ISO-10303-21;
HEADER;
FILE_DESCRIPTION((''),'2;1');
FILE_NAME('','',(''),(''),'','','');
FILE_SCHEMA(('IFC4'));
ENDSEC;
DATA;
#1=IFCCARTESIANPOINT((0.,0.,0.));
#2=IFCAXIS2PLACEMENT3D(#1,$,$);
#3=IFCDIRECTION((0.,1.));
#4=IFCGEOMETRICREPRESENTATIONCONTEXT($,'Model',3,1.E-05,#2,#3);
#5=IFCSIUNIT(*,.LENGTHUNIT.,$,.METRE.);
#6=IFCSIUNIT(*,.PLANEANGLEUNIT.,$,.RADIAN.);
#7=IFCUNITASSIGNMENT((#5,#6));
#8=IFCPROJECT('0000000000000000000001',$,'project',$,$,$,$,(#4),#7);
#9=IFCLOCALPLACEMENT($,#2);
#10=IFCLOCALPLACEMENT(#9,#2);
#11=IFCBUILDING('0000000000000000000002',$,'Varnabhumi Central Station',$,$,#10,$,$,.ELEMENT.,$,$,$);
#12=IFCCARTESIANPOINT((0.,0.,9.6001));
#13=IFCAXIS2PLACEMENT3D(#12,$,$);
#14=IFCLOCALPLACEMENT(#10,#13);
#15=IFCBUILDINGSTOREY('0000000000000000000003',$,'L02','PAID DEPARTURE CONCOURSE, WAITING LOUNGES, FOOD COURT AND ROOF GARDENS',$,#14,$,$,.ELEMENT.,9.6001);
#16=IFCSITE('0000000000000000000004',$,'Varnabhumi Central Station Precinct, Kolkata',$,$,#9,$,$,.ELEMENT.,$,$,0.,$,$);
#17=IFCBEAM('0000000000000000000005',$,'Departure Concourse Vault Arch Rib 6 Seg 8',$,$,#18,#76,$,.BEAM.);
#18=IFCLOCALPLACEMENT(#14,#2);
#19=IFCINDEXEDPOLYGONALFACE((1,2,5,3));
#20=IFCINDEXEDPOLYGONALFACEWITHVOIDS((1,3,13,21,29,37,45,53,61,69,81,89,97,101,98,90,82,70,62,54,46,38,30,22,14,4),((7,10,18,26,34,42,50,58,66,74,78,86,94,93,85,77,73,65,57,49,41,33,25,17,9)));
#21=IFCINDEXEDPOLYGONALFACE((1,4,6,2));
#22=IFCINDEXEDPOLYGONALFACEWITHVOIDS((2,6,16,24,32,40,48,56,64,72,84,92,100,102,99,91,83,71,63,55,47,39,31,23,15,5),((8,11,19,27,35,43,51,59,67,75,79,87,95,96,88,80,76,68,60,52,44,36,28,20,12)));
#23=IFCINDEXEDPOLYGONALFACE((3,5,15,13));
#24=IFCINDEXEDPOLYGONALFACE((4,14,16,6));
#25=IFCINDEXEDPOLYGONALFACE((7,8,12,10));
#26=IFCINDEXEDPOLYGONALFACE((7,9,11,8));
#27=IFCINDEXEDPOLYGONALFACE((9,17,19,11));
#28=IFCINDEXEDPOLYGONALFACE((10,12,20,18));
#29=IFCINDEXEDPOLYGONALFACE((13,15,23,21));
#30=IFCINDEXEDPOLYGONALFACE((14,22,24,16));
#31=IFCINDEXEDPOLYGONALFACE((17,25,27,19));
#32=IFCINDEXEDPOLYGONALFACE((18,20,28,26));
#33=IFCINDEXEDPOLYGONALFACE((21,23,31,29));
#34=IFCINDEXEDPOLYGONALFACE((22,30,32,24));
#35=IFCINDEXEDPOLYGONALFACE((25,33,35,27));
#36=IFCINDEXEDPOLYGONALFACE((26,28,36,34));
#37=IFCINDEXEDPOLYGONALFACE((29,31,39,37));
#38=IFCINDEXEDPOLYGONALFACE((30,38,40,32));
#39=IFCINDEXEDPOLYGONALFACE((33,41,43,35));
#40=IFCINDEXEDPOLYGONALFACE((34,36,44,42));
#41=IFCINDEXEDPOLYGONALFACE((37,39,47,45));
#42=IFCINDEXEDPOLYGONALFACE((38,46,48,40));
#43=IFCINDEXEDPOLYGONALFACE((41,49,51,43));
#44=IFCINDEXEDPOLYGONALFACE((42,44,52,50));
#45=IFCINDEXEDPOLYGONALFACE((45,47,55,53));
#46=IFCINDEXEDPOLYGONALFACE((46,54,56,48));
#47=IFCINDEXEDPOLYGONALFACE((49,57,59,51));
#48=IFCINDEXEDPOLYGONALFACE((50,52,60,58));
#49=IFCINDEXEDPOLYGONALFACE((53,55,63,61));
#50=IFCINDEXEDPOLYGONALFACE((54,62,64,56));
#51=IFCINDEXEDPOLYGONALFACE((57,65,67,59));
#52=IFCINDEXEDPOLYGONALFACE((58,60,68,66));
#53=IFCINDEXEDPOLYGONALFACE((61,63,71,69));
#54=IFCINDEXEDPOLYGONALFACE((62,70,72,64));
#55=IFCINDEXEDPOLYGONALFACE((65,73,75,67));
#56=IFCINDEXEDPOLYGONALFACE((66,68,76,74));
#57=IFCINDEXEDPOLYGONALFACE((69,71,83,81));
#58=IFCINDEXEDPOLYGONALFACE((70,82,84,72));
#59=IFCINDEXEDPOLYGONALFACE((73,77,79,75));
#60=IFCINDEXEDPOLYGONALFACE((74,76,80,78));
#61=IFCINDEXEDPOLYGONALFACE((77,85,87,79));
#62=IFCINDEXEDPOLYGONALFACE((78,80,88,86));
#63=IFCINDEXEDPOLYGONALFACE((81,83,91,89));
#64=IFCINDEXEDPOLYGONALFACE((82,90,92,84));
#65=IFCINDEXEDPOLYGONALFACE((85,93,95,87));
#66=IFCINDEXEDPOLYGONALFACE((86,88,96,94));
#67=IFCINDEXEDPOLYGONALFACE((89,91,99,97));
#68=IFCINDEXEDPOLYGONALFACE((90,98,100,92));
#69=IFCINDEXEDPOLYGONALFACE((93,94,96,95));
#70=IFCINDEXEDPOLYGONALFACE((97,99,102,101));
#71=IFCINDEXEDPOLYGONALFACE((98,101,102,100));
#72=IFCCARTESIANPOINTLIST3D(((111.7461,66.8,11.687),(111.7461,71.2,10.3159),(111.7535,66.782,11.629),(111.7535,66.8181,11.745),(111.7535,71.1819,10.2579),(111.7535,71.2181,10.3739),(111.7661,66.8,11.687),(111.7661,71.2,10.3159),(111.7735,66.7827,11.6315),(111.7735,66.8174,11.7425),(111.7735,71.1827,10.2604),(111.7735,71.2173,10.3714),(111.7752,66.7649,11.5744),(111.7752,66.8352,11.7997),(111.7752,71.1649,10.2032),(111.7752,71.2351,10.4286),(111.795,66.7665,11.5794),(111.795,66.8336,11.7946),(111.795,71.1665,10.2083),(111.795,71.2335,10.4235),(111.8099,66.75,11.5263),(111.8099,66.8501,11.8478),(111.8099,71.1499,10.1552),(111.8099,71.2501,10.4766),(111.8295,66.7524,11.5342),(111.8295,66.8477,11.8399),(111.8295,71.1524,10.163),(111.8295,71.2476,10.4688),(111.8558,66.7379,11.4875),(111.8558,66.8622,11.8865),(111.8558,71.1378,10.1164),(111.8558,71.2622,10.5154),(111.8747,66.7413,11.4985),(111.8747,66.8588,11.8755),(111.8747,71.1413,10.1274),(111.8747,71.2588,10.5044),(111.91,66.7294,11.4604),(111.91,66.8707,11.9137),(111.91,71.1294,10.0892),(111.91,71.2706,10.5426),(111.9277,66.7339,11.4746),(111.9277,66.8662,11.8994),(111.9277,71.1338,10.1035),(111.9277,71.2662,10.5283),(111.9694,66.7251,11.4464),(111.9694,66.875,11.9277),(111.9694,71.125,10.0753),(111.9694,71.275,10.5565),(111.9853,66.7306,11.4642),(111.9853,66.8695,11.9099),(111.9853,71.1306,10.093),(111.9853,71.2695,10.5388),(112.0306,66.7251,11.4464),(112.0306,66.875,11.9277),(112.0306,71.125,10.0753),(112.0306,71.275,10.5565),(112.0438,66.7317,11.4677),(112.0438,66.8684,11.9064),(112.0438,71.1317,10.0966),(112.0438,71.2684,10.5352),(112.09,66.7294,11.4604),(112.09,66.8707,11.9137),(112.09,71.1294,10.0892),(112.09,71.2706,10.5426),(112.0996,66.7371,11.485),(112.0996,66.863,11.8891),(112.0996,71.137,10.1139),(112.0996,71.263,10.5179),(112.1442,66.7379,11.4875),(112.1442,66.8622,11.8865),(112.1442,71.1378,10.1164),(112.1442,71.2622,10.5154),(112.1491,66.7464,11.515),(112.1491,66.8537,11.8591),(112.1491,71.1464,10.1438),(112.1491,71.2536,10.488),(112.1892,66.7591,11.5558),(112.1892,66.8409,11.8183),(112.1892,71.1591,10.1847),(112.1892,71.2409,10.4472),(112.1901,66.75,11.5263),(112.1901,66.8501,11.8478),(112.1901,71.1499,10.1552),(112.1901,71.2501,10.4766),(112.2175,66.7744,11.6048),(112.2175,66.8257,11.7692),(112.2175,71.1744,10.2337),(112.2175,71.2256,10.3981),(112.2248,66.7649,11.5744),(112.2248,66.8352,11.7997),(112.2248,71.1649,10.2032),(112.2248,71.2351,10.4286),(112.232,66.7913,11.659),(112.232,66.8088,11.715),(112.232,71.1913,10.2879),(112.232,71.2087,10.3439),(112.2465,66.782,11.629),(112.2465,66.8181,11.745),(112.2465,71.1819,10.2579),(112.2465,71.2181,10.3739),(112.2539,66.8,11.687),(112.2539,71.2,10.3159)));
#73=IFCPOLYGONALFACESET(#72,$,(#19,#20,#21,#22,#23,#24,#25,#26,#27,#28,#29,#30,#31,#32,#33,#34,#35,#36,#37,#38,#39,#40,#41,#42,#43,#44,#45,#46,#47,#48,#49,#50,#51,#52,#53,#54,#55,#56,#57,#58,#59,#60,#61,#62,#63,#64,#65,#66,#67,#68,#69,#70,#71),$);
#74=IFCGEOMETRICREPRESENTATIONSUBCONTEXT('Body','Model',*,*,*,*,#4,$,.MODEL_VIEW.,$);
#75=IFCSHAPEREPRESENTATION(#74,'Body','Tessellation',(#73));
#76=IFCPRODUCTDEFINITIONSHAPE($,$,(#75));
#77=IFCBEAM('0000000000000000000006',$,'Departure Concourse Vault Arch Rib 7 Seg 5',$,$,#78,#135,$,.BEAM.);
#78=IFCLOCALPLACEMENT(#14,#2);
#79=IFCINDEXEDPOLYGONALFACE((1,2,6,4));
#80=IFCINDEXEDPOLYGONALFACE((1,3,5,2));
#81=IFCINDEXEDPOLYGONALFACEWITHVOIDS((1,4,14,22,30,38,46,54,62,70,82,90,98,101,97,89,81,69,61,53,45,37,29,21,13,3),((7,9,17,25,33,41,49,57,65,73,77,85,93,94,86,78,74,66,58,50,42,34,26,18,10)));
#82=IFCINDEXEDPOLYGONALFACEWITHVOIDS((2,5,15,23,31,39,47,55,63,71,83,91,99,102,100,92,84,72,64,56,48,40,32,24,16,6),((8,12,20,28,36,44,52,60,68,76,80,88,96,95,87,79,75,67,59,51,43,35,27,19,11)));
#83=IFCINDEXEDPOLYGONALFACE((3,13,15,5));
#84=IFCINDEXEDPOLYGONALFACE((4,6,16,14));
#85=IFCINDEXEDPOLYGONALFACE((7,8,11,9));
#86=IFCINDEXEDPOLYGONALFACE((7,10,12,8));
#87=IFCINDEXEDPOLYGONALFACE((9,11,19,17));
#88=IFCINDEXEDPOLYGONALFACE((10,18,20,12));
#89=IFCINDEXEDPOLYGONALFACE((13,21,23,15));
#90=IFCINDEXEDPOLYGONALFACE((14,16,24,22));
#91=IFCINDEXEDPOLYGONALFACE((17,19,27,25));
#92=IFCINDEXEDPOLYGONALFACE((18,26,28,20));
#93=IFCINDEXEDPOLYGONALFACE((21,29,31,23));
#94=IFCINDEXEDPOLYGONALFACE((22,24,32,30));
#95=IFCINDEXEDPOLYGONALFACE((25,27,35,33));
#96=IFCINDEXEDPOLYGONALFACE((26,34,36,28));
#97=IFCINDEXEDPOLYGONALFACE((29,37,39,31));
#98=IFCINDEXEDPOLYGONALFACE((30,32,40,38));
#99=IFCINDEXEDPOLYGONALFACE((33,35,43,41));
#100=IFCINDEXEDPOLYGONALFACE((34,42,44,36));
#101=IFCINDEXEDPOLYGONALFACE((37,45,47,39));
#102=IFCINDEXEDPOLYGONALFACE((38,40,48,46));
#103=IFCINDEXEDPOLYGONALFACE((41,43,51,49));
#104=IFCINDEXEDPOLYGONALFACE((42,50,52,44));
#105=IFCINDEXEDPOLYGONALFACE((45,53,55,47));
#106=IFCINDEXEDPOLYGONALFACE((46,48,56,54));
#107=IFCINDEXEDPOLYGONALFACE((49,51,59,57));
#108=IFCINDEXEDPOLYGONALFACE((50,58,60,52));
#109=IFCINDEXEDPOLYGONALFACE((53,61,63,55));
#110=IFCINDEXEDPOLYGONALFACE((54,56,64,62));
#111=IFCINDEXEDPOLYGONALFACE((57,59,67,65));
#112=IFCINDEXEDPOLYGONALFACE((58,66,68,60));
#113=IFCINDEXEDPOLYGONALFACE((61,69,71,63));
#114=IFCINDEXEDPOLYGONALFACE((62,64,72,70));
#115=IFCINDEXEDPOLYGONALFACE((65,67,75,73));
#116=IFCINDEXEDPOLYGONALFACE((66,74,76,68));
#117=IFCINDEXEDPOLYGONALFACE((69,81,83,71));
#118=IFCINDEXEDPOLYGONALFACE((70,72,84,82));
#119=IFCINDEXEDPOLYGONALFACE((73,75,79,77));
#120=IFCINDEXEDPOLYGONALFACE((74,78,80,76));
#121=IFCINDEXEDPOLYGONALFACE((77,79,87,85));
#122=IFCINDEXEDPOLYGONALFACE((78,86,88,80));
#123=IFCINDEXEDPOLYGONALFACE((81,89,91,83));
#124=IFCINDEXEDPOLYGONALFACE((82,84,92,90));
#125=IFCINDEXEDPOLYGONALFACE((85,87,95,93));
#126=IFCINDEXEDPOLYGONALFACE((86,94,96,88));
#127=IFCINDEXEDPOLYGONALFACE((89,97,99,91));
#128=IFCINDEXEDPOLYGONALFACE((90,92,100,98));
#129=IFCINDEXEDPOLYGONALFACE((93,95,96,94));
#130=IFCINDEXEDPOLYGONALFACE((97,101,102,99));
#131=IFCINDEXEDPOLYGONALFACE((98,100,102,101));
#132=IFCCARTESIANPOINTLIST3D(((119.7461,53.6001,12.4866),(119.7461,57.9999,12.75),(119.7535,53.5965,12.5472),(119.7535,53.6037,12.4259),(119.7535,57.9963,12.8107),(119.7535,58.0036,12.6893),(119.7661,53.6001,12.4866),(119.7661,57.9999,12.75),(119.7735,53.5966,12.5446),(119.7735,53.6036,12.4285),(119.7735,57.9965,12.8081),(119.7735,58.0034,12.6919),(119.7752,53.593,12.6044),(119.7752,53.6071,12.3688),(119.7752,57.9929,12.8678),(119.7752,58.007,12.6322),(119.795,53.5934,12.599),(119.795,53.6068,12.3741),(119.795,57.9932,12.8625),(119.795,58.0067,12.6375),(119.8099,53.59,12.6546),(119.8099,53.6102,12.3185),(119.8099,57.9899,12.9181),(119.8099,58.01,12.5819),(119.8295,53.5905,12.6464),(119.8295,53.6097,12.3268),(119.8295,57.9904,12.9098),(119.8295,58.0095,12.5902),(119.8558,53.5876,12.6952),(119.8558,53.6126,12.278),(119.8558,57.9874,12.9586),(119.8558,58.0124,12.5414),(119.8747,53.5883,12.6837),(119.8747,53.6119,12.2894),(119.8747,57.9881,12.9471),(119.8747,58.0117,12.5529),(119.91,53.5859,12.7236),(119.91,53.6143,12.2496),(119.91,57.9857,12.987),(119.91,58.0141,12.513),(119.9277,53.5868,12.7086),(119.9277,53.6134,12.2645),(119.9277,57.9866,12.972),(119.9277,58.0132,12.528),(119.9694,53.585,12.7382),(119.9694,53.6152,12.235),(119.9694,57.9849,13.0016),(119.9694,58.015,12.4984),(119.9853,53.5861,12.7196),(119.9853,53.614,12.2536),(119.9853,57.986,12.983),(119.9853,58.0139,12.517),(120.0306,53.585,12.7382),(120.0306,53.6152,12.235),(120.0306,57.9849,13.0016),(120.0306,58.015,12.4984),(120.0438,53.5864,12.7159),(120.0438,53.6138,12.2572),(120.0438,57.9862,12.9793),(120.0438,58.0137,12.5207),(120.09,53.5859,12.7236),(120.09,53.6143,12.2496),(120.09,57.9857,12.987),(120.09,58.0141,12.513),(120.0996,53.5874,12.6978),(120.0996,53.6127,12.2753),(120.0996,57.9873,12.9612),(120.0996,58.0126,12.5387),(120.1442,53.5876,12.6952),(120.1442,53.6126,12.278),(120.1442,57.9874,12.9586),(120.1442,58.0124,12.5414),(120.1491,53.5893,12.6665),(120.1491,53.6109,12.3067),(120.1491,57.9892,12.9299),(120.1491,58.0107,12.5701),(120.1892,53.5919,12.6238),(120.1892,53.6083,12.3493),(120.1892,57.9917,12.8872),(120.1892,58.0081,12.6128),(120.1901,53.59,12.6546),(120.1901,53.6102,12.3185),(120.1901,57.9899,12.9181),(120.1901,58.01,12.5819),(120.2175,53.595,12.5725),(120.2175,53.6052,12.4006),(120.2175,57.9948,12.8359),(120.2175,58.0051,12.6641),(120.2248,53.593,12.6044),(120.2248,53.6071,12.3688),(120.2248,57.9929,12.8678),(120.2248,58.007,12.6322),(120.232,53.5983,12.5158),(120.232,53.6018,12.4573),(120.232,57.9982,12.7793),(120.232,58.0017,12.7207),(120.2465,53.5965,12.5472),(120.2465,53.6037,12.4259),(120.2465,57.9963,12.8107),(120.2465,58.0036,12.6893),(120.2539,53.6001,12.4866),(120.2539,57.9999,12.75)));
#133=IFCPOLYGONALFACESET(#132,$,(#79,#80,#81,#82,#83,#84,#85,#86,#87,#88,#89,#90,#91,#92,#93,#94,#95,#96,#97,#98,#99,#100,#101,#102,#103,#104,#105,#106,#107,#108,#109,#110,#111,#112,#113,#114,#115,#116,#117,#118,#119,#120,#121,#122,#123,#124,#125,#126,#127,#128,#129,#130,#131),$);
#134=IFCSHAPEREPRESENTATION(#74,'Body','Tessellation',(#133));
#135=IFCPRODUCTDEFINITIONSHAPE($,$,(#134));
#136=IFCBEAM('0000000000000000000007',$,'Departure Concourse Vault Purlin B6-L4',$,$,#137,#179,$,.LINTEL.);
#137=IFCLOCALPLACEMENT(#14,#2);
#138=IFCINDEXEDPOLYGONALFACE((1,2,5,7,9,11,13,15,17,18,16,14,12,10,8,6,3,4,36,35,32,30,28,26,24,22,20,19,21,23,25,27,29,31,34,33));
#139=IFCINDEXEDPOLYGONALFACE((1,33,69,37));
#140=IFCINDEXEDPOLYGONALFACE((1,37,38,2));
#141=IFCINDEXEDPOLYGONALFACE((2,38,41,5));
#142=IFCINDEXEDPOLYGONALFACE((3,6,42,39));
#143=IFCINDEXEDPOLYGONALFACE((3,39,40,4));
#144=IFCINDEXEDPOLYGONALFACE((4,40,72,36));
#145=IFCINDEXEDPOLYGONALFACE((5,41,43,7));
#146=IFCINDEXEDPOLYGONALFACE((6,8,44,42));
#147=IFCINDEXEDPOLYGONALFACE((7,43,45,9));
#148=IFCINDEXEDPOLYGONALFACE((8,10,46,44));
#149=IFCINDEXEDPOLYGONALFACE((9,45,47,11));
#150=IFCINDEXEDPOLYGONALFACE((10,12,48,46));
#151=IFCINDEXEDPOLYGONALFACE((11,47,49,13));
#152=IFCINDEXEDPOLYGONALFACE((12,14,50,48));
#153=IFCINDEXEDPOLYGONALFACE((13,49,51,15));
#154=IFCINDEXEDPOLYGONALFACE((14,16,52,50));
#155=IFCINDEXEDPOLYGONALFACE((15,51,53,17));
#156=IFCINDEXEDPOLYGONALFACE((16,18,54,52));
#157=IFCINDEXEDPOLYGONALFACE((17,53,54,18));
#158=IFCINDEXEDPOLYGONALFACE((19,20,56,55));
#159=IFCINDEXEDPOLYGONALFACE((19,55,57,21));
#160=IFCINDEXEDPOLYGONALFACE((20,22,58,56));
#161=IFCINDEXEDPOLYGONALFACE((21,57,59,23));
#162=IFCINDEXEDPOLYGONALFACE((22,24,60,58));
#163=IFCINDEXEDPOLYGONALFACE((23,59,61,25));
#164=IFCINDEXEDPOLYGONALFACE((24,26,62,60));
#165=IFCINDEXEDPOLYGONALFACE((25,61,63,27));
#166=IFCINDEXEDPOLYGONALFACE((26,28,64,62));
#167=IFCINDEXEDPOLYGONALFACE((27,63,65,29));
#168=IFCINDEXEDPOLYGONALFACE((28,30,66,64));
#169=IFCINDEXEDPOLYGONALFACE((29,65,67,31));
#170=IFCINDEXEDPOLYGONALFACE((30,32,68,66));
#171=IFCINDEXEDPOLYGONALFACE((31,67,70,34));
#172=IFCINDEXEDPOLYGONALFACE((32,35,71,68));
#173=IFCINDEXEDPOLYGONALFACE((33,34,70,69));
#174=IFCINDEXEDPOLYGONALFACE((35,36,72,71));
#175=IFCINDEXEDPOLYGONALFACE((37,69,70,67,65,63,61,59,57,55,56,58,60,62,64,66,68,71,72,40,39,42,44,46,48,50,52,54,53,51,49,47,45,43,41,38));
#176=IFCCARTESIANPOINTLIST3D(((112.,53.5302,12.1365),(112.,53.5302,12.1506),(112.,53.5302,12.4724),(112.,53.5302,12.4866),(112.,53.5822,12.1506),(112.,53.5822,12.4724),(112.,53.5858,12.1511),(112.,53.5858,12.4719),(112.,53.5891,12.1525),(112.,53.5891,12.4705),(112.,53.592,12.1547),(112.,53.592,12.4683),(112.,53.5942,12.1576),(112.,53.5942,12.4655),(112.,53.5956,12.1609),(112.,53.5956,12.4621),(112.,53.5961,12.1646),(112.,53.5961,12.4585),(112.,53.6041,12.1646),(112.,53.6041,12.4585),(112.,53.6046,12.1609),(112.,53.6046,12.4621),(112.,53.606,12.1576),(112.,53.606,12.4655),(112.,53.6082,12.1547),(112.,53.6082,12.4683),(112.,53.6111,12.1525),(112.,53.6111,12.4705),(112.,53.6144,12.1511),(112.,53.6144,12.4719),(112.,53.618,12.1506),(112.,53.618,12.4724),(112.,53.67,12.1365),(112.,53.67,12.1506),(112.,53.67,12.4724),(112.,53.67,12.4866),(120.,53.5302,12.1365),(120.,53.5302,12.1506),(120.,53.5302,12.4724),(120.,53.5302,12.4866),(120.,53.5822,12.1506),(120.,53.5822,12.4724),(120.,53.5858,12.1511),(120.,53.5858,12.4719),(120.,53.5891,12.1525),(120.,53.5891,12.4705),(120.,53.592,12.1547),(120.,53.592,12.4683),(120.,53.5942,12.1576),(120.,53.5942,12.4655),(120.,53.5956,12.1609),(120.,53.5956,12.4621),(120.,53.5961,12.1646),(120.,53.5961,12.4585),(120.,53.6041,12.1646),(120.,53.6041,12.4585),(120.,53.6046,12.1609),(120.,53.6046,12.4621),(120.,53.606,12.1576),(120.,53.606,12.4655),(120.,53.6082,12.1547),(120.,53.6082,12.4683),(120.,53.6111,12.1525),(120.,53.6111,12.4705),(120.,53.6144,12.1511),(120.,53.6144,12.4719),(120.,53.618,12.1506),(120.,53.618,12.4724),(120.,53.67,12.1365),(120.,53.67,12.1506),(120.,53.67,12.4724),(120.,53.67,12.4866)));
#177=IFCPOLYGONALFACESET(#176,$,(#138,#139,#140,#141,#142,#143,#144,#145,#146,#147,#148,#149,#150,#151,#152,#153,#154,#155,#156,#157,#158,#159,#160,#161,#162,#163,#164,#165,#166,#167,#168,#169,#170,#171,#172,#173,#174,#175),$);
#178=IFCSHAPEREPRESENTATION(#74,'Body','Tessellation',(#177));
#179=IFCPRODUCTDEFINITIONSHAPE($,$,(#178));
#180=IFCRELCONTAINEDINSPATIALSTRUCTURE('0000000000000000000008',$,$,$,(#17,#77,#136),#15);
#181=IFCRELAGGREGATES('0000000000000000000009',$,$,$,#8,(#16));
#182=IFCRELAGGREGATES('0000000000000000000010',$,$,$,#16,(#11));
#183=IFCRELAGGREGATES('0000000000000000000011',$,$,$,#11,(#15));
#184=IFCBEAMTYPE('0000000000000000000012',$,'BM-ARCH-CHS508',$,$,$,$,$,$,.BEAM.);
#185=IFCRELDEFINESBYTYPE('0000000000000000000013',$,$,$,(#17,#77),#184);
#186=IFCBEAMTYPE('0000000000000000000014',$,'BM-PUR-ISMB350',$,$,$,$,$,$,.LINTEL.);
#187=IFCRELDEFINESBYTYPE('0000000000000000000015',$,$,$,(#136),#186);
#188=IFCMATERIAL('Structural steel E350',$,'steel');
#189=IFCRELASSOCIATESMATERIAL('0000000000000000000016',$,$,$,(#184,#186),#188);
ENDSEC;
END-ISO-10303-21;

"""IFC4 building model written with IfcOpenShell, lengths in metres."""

from ifc_helpers import new_model, si_unit, direction, frame, origin, origin_2d, place, context, subcontext, project, spatial, hollow_circle, i_section, extrude, material, material_profile, profile_set, type_object, element, save


model = new_model("IFC4")

# Units and contexts
model_context = context("Model", 3, precision=1e-05, world=origin(), true_north=direction((0.0, 1.0)))
body_context = subcontext(model_context, "Body", "Model", "MODEL_VIEW")
ifc_project = project(units=[si_unit("LENGTHUNIT", "METRE"), si_unit("PLANEANGLEUNIT", "RADIAN")], contexts=[model_context])

# Site, building, storey
site_placement = place(None, origin())
site = spatial("IfcSite", under=ifc_project, at=site_placement, Name="Varnabhumi Central Station Precinct, Kolkata", CompositionType="ELEMENT", RefElevation=0.0)
building_placement = place(site_placement, origin())
building = spatial("IfcBuilding", under=site, at=building_placement, Name="Varnabhumi Central Station", CompositionType="ELEMENT")
storey_placement = place(building_placement, frame((0.0, 0.0, 9.6001)))
storey = spatial("IfcBuildingStorey", under=building, at=storey_placement, Name="L02", Description="PAID DEPARTURE CONCOURSE, WAITING LOUNGES, FOOD COURT AND ROOF GARDENS", CompositionType="ELEMENT", Elevation=9.6001)

# Beams
ifc_material_1 = material(Name="Structural steel E350", Category="steel")
ifc_material_profile_1 = material_profile(ifc_material_1, hollow_circle(Radius=0.2539, WallThickness=0.02, at=origin_2d()), Name="Structural steel E350", Category="steel")
ifc_profile_set_1 = profile_set([ifc_material_profile_1], Name="Structural steel E350")
beam_type_1 = type_object("IfcBeamType", Name="BM-ARCH-CHS508", PredefinedType="BEAM", material=ifc_profile_set_1)
beam_1_placement = place(storey_placement, frame((112.0, 66.8, 11.687), z_axis=(0.0, 0.954719, -0.297509), x_axis=(-1.0, 0.0, 0.0)))
element("IfcBeam", 1, at=beam_1_placement, inside=storey, type_object=beam_type_1, Name="Departure Concourse Vault Arch Rib 6 Seg 8", PredefinedType="BEAM", context=body_context, shape_type="SweptSolid", body=[
    extrude(hollow_circle(Radius=0.2539, WallThickness=0.02, at=origin_2d()), origin(), (0.0, 0.0, 1.0), 4.6086),
])
beam_2_placement = place(storey_placement, frame((120.0, 53.6001, 12.4866), z_axis=(0.0, 0.998213, 0.059764), x_axis=(-1.0, 0.0, 0.0)))
element("IfcBeam", 2, at=beam_2_placement, inside=storey, type_object=beam_type_1, Name="Departure Concourse Vault Arch Rib 7 Seg 5", PredefinedType="BEAM", context=body_context, shape_type="SweptSolid", body=[
    extrude(hollow_circle(Radius=0.2539, WallThickness=0.02, at=origin_2d()), origin(), (0.0, 0.0, 1.0), 4.4077),
])
ifc_material_profile_2 = material_profile(ifc_material_1, i_section(OverallWidth=0.1399, OverallDepth=0.3501, WebThickness=0.0081, FlangeThickness=0.0142, FilletRadius=0.0139, at=origin_2d()), Name="Structural steel E350", Category="steel")
ifc_profile_set_2 = profile_set([ifc_material_profile_2], Name="Structural steel E350")
beam_type_2 = type_object("IfcBeamType", Name="BM-PUR-ISMB350", PredefinedType="LINTEL", material=ifc_profile_set_2)
for number, where, z_axis, x_axis, name in (
    (3, (112.0, 53.6001, 12.3115), (1.0, 0.0, 0.0), (0.0, 1.0, 0.0), "Departure Concourse Vault Purlin B6-L4"),
):
    element("IfcBeam", number, at=place(storey_placement, frame(where, z_axis=z_axis, x_axis=x_axis)), inside=storey, type_object=beam_type_2, Name=name, PredefinedType="LINTEL", context=body_context, shape_type="SweptSolid", body=[
        extrude(i_section(OverallWidth=0.1399, OverallDepth=0.3501, WebThickness=0.0081, FlangeThickness=0.0142, FilletRadius=0.0139, at=origin_2d()), origin(), (0.0, 0.0, 1.0), 8.0),
    ])

save(model, "model.ifc")
